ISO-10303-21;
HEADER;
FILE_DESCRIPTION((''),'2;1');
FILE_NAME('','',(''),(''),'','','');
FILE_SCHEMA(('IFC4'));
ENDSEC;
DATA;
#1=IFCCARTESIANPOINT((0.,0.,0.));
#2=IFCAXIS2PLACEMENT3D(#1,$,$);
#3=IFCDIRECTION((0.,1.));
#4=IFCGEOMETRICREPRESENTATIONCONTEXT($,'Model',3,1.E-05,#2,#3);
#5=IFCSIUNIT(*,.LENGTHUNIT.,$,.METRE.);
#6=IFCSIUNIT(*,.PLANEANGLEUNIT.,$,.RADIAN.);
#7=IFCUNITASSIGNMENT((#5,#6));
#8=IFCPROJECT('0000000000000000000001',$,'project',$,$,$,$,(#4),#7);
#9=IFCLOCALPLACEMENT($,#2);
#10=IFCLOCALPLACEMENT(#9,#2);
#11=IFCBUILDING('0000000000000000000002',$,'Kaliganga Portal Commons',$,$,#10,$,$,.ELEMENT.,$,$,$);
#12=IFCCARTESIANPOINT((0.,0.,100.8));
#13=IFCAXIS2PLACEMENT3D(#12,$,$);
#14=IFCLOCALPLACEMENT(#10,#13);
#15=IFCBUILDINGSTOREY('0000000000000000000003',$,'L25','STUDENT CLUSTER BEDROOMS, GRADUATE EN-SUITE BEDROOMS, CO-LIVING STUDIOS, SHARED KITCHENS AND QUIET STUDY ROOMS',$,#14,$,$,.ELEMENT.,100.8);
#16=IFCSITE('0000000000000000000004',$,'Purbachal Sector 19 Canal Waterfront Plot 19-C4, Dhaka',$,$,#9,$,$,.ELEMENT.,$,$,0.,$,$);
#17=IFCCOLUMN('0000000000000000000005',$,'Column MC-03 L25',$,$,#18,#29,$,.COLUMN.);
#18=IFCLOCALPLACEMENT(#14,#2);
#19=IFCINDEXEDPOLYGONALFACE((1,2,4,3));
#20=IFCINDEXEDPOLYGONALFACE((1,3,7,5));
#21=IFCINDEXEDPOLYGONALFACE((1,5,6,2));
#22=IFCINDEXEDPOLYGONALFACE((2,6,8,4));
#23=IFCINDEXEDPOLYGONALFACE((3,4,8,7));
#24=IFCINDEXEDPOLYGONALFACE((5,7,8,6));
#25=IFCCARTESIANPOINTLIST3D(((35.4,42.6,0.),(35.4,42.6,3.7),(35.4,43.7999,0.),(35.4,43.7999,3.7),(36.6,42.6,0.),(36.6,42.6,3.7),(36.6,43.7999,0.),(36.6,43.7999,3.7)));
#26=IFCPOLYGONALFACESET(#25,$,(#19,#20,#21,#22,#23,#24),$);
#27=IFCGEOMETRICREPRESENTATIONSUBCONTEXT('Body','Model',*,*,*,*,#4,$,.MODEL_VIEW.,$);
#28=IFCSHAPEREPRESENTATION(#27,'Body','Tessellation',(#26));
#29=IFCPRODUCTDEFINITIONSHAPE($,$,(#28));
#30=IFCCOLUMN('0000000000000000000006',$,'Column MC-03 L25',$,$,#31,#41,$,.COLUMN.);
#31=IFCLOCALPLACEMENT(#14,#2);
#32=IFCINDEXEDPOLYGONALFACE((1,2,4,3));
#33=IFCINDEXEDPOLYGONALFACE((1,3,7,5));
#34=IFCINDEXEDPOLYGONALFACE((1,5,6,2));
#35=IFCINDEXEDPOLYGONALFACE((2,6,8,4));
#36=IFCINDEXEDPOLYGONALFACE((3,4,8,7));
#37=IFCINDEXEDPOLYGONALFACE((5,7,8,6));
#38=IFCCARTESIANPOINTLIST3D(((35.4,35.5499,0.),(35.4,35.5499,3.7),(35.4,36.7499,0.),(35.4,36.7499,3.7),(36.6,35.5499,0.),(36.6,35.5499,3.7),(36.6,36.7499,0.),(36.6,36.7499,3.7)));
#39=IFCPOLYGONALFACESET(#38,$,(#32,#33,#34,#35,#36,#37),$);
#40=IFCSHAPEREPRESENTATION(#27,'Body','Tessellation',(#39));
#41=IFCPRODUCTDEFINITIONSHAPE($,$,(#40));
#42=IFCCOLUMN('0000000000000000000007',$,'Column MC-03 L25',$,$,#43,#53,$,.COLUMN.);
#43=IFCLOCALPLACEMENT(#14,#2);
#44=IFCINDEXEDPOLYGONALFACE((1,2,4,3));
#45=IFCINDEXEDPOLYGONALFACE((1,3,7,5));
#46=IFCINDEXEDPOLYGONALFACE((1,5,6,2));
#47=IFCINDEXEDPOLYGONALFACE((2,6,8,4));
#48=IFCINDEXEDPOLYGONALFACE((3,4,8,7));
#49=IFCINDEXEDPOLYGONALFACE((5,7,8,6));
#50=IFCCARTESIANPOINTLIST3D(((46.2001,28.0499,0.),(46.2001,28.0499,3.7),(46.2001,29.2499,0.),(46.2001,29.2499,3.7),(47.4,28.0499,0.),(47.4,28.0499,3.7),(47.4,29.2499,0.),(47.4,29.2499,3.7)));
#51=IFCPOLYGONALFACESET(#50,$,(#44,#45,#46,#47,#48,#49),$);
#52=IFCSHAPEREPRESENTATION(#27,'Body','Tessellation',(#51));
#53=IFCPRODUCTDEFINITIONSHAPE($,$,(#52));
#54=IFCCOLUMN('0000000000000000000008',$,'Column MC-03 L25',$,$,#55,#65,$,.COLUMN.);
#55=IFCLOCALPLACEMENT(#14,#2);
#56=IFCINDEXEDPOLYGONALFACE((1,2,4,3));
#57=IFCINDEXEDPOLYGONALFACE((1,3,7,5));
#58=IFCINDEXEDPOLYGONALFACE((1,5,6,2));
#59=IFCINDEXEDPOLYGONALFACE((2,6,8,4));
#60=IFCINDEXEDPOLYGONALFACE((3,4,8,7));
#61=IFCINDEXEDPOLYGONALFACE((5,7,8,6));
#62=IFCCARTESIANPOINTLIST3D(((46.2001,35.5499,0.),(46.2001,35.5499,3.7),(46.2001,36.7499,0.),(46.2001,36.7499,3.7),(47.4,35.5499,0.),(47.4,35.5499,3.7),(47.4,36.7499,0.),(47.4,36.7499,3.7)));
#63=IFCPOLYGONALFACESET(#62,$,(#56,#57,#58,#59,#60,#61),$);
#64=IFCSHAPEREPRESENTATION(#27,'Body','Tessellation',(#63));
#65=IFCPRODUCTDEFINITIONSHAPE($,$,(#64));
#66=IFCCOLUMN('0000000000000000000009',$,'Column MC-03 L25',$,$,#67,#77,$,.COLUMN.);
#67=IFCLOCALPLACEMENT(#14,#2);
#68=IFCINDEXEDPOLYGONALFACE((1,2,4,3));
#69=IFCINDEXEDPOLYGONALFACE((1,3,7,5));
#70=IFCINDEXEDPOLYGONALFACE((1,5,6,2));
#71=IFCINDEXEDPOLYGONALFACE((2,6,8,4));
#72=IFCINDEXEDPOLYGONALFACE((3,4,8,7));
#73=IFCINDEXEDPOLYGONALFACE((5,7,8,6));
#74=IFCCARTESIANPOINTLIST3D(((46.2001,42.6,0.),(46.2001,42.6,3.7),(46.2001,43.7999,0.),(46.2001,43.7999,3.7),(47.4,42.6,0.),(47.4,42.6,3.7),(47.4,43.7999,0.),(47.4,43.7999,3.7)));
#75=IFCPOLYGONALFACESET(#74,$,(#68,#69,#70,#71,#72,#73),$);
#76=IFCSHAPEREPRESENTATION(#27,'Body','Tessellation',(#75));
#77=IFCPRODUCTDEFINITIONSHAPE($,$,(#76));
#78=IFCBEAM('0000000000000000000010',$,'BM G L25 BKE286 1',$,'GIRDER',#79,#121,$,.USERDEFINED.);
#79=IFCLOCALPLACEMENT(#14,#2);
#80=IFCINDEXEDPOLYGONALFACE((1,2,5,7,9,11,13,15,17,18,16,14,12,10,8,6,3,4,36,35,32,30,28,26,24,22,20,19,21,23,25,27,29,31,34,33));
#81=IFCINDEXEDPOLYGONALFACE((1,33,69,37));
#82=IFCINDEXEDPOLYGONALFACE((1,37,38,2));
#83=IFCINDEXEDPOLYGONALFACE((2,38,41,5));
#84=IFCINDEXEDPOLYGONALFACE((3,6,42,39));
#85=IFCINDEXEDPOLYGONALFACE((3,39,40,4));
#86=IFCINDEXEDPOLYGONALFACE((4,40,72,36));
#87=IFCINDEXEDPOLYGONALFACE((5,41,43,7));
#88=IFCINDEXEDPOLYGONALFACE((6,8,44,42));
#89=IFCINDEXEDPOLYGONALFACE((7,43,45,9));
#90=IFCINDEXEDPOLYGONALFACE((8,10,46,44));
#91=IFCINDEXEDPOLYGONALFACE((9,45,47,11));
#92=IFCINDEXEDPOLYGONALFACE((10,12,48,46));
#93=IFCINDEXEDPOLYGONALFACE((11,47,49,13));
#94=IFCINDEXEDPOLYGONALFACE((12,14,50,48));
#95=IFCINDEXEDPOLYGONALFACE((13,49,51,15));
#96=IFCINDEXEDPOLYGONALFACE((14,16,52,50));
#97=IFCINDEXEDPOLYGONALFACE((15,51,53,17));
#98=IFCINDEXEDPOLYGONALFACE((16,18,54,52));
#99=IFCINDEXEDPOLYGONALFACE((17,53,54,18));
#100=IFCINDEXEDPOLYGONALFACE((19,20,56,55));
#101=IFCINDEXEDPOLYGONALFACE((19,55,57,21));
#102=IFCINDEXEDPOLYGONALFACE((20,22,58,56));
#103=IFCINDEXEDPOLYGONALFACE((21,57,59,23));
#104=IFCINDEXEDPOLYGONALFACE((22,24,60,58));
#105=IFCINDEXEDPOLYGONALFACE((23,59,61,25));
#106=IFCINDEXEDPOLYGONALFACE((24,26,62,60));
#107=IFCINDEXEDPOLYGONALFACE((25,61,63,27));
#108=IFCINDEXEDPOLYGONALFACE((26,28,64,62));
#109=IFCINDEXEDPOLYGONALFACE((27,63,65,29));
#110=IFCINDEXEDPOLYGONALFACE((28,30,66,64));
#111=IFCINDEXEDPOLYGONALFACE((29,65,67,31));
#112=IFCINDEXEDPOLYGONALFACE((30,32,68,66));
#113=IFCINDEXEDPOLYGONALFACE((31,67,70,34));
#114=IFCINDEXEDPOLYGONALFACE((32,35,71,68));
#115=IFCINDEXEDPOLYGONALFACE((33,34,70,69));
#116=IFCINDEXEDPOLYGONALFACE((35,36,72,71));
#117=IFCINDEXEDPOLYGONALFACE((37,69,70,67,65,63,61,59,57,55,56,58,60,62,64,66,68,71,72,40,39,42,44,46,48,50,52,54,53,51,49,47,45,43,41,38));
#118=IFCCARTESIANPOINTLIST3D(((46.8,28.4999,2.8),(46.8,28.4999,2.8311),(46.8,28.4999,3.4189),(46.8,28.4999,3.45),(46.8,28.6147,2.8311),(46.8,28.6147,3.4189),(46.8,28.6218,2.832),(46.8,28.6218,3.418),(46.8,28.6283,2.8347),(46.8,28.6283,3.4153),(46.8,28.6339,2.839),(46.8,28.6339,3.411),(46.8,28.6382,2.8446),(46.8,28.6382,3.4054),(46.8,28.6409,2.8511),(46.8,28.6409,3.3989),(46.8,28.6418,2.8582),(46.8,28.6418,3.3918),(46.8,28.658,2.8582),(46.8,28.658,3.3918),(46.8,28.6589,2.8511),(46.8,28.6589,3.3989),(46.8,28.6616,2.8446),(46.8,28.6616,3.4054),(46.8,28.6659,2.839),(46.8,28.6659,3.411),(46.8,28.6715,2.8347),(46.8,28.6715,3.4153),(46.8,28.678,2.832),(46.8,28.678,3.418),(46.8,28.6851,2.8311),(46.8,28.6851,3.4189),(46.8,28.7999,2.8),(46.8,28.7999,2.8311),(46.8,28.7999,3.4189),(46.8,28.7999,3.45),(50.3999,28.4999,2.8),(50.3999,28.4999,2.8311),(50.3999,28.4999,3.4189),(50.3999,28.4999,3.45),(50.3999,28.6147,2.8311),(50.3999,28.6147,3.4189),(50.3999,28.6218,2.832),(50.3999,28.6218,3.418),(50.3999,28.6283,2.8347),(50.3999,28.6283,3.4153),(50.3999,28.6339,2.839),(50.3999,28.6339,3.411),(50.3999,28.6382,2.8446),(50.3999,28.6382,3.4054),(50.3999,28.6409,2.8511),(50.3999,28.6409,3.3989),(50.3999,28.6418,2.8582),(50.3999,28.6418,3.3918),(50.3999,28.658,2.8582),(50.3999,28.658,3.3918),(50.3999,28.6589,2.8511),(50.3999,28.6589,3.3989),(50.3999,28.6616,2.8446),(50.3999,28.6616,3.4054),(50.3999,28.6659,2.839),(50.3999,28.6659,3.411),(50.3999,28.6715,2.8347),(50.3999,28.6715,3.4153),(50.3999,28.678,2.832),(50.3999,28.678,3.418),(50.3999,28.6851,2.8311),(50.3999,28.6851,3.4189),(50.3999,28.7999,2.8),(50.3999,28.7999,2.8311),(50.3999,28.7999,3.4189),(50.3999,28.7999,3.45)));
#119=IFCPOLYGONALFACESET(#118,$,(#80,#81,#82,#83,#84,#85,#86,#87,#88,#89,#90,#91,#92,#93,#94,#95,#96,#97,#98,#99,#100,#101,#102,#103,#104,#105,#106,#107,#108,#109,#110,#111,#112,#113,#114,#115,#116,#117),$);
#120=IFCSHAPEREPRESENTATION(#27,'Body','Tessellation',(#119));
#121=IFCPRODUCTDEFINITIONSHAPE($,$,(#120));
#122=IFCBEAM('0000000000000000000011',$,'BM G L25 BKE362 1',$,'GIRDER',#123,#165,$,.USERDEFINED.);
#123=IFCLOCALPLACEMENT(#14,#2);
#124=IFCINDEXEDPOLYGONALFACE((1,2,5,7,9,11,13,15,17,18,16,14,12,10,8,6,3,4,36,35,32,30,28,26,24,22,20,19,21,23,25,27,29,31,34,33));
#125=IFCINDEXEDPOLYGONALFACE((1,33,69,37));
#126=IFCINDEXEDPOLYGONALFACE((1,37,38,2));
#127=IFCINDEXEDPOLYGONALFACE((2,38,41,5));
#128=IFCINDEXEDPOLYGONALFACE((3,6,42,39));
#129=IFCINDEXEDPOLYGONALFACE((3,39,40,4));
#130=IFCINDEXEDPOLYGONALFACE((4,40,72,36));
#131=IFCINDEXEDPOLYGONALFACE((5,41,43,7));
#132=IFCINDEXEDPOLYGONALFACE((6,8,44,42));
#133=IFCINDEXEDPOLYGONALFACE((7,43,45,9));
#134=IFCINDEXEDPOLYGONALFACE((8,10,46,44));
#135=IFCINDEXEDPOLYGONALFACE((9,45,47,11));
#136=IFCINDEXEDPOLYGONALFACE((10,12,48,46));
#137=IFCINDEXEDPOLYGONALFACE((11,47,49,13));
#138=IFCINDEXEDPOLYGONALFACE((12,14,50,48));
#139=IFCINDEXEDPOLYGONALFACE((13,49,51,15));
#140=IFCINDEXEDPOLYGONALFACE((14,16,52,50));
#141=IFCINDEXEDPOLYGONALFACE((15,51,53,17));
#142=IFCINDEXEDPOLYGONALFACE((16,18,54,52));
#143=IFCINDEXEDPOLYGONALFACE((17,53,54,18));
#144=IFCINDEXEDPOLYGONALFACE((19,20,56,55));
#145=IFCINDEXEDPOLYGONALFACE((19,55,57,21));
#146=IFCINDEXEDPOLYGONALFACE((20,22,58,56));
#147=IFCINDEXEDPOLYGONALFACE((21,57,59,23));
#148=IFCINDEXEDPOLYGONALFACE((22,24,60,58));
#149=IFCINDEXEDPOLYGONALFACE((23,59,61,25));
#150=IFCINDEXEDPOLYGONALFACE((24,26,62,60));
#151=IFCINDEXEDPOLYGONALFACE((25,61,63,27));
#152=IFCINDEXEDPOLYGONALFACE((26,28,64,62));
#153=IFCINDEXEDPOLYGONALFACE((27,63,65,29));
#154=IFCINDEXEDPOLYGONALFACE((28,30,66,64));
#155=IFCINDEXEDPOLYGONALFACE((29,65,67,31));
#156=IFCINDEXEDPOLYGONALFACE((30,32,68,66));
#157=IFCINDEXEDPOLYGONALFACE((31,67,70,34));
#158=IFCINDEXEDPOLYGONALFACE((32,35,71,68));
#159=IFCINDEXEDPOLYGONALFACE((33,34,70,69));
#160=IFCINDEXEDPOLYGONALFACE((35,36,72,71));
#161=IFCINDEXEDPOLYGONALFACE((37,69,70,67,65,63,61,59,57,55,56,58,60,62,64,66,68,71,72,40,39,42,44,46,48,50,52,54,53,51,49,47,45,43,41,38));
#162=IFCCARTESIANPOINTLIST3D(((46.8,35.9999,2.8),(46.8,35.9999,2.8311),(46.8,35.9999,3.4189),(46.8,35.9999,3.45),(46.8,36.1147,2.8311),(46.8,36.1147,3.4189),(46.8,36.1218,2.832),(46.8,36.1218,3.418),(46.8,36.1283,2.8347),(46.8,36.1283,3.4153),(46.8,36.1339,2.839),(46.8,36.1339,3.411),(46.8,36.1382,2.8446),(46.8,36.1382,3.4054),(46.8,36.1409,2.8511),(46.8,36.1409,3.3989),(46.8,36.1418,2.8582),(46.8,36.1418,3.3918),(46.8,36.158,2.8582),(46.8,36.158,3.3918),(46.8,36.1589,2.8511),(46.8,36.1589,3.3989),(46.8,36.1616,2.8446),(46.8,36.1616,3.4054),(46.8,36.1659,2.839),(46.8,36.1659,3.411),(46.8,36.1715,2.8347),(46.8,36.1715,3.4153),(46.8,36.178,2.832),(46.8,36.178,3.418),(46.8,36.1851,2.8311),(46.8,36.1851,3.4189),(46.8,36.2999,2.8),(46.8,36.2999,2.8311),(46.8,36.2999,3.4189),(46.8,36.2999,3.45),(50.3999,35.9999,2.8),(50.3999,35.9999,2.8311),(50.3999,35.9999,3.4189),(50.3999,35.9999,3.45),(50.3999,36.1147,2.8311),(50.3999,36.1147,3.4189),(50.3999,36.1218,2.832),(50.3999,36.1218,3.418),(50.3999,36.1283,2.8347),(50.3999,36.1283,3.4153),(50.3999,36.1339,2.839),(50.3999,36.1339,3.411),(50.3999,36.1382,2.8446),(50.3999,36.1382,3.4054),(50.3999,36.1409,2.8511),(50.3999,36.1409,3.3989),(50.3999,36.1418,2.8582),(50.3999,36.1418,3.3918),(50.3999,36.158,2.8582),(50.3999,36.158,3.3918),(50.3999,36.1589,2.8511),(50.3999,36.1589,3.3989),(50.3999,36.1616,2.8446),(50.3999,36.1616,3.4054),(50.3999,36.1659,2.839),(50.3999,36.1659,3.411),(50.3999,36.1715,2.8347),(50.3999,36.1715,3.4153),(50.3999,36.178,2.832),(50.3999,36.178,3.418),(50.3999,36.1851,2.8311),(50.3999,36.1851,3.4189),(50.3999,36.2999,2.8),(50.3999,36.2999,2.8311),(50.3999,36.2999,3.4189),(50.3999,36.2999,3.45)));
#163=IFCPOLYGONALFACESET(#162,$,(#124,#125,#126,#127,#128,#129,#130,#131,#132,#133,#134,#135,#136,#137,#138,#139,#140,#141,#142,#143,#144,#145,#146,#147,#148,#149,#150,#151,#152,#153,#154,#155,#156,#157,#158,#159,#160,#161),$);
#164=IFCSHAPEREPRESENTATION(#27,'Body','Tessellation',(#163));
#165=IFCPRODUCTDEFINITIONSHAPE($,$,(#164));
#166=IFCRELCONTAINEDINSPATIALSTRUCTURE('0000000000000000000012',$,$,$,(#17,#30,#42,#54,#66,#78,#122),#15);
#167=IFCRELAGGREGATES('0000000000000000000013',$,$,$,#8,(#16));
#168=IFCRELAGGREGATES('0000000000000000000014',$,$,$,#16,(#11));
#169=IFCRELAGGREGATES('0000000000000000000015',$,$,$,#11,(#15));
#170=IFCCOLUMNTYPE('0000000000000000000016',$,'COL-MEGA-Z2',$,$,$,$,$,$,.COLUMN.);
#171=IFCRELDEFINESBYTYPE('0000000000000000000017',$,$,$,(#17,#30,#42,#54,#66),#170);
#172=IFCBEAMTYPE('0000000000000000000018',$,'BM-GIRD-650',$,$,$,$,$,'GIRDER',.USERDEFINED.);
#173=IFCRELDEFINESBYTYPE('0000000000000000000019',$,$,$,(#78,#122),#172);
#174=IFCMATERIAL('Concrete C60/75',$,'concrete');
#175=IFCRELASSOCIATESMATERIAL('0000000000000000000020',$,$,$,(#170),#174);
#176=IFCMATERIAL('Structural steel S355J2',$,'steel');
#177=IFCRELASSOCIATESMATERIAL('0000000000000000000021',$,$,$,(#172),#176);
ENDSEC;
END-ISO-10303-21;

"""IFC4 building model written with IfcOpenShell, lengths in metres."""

from ifc_helpers import new_model, si_unit, direction, frame, origin, origin_2d, place, context, subcontext, project, spatial, rectangle, i_section, extrude, source, transform, mapped, material, material_profile, profile_set, type_object, element, save


model = new_model("IFC4")

# Units and contexts
model_context = context("Model", 3, precision=1e-05, world=origin(), true_north=direction((0.0, 1.0)))
body_context = subcontext(model_context, "Body", "Model", "MODEL_VIEW")
ifc_project = project(units=[si_unit("LENGTHUNIT", "METRE"), si_unit("PLANEANGLEUNIT", "RADIAN")], contexts=[model_context])

# Site, building, storey
site_placement = place(None, origin())
site = spatial("IfcSite", under=ifc_project, at=site_placement, Name="Purbachal Sector 19 Canal Waterfront Plot 19-C4, Dhaka", CompositionType="ELEMENT", RefElevation=0.0)
building_placement = place(site_placement, origin())
building = spatial("IfcBuilding", under=site, at=building_placement, Name="Kaliganga Portal Commons", CompositionType="ELEMENT")
storey_placement = place(building_placement, frame((0.0, 0.0, 100.8)))
storey = spatial("IfcBuildingStorey", under=building, at=storey_placement, Name="L25", Description="STUDENT CLUSTER BEDROOMS, GRADUATE EN-SUITE BEDROOMS, CO-LIVING STUDIOS, SHARED KITCHENS AND QUIET STUDY ROOMS", CompositionType="ELEMENT", Elevation=100.8)

# Columns
ifc_material_1 = material(Name="Concrete C60/75", Category="concrete")
ifc_material_profile_1 = material_profile(ifc_material_1, rectangle(XDim=1.2, YDim=1.2, at=origin_2d()), Name="RC 1200x1200")
ifc_profile_set_1 = profile_set([ifc_material_profile_1], Name="Concrete C60/75")
column_type = type_object("IfcColumnType", Name="COL-MEGA-Z2", PredefinedType="COLUMN", material=ifc_profile_set_1)
shared_shape_1 = source(origin(), body_context, "Body", "SweptSolid", [
    extrude(rectangle(XDim=1.2, YDim=1.2, at=origin_2d()), origin(), (0.0, 0.0, 1.0), 3.7),
])
for number, where, z_axis, x_axis, name in (
    (1, (36.0, 43.2, 0.0), (0.0, 0.0, 1.0), (1.0, 0.0, 0.0), "Column MC-03 L25"),
    (2, (36.0, 36.1499, 0.0), (0.0, 0.0, 1.0), (1.0, 0.0, 0.0), "Column MC-03 L25"),
    (3, (46.8, 28.6499, 0.0), (0.0, 0.0, 1.0), (1.0, 0.0, 0.0), "Column MC-03 L25"),
    (4, (46.8, 36.1499, 0.0), (0.0, 0.0, 1.0), (1.0, 0.0, 0.0), "Column MC-03 L25"),
    (5, (46.8, 43.2, 0.0), (0.0, 0.0, 1.0), (1.0, 0.0, 0.0), "Column MC-03 L25"),
):
    element("IfcColumn", number, at=place(storey_placement, frame(where, z_axis=z_axis, x_axis=x_axis)), inside=storey, type_object=column_type, Name=name, PredefinedType="COLUMN", context=body_context, shape_type="MappedRepresentation", body=[
        mapped(shared_shape_1, transform((0.0, 0.0, 0.0), x_axis=(1.0, 0.0, 0.0), y_axis=(0.0, 1.0, 0.0), z_axis=(0.0, 0.0, 1.0), scale=1.0)),
    ])

# Beams
ifc_material_2 = material(Name="Structural steel S355J2", Category="steel")
ifc_material_profile_2 = material_profile(ifc_material_2, i_section(OverallWidth=0.3, OverallDepth=0.6499, WebThickness=0.0161, FlangeThickness=0.031, FilletRadius=0.0271, at=origin_2d()), Name="HE 650 B")
ifc_profile_set_2 = profile_set([ifc_material_profile_2], Name="Structural steel S355J2 wide-flange")
beam_type_1 = type_object("IfcBeamType", Name="BM-GIRD-650", ElementType="GIRDER", PredefinedType="USERDEFINED", material=ifc_profile_set_2)
shared_shape_2 = source(origin(), body_context, "Body", "SweptSolid", [
    extrude(i_section(OverallWidth=0.3, OverallDepth=0.6499, WebThickness=0.0161, FlangeThickness=0.031, FilletRadius=0.0271, at=origin_2d()), origin(), (0.0, 0.0, 1.0), 3.5999),
])
for number, where, z_axis, x_axis, name in (
    (6, (46.8, 28.6499, 3.125), (1.0, 0.0, 0.0), (0.0, 1.0, 0.0), "BM G L25 BKE286 1"),
    (7, (46.8, 36.1499, 3.125), (1.0, 0.0, 0.0), (0.0, 1.0, 0.0), "BM G L25 BKE362 1"),
):
    element("IfcBeam", number, at=place(storey_placement, frame(where, z_axis=z_axis, x_axis=x_axis)), inside=storey, type_object=beam_type_1, Name=name, ObjectType="GIRDER", PredefinedType="USERDEFINED", context=body_context, shape_type="MappedRepresentation", body=[
        mapped(shared_shape_2, transform((0.0, 0.0, 0.0), x_axis=(1.0, 0.0, 0.0), y_axis=(0.0, 1.0, 0.0), z_axis=(0.0, 0.0, 1.0), scale=1.0)),
    ])

save(model, "model.ifc")
